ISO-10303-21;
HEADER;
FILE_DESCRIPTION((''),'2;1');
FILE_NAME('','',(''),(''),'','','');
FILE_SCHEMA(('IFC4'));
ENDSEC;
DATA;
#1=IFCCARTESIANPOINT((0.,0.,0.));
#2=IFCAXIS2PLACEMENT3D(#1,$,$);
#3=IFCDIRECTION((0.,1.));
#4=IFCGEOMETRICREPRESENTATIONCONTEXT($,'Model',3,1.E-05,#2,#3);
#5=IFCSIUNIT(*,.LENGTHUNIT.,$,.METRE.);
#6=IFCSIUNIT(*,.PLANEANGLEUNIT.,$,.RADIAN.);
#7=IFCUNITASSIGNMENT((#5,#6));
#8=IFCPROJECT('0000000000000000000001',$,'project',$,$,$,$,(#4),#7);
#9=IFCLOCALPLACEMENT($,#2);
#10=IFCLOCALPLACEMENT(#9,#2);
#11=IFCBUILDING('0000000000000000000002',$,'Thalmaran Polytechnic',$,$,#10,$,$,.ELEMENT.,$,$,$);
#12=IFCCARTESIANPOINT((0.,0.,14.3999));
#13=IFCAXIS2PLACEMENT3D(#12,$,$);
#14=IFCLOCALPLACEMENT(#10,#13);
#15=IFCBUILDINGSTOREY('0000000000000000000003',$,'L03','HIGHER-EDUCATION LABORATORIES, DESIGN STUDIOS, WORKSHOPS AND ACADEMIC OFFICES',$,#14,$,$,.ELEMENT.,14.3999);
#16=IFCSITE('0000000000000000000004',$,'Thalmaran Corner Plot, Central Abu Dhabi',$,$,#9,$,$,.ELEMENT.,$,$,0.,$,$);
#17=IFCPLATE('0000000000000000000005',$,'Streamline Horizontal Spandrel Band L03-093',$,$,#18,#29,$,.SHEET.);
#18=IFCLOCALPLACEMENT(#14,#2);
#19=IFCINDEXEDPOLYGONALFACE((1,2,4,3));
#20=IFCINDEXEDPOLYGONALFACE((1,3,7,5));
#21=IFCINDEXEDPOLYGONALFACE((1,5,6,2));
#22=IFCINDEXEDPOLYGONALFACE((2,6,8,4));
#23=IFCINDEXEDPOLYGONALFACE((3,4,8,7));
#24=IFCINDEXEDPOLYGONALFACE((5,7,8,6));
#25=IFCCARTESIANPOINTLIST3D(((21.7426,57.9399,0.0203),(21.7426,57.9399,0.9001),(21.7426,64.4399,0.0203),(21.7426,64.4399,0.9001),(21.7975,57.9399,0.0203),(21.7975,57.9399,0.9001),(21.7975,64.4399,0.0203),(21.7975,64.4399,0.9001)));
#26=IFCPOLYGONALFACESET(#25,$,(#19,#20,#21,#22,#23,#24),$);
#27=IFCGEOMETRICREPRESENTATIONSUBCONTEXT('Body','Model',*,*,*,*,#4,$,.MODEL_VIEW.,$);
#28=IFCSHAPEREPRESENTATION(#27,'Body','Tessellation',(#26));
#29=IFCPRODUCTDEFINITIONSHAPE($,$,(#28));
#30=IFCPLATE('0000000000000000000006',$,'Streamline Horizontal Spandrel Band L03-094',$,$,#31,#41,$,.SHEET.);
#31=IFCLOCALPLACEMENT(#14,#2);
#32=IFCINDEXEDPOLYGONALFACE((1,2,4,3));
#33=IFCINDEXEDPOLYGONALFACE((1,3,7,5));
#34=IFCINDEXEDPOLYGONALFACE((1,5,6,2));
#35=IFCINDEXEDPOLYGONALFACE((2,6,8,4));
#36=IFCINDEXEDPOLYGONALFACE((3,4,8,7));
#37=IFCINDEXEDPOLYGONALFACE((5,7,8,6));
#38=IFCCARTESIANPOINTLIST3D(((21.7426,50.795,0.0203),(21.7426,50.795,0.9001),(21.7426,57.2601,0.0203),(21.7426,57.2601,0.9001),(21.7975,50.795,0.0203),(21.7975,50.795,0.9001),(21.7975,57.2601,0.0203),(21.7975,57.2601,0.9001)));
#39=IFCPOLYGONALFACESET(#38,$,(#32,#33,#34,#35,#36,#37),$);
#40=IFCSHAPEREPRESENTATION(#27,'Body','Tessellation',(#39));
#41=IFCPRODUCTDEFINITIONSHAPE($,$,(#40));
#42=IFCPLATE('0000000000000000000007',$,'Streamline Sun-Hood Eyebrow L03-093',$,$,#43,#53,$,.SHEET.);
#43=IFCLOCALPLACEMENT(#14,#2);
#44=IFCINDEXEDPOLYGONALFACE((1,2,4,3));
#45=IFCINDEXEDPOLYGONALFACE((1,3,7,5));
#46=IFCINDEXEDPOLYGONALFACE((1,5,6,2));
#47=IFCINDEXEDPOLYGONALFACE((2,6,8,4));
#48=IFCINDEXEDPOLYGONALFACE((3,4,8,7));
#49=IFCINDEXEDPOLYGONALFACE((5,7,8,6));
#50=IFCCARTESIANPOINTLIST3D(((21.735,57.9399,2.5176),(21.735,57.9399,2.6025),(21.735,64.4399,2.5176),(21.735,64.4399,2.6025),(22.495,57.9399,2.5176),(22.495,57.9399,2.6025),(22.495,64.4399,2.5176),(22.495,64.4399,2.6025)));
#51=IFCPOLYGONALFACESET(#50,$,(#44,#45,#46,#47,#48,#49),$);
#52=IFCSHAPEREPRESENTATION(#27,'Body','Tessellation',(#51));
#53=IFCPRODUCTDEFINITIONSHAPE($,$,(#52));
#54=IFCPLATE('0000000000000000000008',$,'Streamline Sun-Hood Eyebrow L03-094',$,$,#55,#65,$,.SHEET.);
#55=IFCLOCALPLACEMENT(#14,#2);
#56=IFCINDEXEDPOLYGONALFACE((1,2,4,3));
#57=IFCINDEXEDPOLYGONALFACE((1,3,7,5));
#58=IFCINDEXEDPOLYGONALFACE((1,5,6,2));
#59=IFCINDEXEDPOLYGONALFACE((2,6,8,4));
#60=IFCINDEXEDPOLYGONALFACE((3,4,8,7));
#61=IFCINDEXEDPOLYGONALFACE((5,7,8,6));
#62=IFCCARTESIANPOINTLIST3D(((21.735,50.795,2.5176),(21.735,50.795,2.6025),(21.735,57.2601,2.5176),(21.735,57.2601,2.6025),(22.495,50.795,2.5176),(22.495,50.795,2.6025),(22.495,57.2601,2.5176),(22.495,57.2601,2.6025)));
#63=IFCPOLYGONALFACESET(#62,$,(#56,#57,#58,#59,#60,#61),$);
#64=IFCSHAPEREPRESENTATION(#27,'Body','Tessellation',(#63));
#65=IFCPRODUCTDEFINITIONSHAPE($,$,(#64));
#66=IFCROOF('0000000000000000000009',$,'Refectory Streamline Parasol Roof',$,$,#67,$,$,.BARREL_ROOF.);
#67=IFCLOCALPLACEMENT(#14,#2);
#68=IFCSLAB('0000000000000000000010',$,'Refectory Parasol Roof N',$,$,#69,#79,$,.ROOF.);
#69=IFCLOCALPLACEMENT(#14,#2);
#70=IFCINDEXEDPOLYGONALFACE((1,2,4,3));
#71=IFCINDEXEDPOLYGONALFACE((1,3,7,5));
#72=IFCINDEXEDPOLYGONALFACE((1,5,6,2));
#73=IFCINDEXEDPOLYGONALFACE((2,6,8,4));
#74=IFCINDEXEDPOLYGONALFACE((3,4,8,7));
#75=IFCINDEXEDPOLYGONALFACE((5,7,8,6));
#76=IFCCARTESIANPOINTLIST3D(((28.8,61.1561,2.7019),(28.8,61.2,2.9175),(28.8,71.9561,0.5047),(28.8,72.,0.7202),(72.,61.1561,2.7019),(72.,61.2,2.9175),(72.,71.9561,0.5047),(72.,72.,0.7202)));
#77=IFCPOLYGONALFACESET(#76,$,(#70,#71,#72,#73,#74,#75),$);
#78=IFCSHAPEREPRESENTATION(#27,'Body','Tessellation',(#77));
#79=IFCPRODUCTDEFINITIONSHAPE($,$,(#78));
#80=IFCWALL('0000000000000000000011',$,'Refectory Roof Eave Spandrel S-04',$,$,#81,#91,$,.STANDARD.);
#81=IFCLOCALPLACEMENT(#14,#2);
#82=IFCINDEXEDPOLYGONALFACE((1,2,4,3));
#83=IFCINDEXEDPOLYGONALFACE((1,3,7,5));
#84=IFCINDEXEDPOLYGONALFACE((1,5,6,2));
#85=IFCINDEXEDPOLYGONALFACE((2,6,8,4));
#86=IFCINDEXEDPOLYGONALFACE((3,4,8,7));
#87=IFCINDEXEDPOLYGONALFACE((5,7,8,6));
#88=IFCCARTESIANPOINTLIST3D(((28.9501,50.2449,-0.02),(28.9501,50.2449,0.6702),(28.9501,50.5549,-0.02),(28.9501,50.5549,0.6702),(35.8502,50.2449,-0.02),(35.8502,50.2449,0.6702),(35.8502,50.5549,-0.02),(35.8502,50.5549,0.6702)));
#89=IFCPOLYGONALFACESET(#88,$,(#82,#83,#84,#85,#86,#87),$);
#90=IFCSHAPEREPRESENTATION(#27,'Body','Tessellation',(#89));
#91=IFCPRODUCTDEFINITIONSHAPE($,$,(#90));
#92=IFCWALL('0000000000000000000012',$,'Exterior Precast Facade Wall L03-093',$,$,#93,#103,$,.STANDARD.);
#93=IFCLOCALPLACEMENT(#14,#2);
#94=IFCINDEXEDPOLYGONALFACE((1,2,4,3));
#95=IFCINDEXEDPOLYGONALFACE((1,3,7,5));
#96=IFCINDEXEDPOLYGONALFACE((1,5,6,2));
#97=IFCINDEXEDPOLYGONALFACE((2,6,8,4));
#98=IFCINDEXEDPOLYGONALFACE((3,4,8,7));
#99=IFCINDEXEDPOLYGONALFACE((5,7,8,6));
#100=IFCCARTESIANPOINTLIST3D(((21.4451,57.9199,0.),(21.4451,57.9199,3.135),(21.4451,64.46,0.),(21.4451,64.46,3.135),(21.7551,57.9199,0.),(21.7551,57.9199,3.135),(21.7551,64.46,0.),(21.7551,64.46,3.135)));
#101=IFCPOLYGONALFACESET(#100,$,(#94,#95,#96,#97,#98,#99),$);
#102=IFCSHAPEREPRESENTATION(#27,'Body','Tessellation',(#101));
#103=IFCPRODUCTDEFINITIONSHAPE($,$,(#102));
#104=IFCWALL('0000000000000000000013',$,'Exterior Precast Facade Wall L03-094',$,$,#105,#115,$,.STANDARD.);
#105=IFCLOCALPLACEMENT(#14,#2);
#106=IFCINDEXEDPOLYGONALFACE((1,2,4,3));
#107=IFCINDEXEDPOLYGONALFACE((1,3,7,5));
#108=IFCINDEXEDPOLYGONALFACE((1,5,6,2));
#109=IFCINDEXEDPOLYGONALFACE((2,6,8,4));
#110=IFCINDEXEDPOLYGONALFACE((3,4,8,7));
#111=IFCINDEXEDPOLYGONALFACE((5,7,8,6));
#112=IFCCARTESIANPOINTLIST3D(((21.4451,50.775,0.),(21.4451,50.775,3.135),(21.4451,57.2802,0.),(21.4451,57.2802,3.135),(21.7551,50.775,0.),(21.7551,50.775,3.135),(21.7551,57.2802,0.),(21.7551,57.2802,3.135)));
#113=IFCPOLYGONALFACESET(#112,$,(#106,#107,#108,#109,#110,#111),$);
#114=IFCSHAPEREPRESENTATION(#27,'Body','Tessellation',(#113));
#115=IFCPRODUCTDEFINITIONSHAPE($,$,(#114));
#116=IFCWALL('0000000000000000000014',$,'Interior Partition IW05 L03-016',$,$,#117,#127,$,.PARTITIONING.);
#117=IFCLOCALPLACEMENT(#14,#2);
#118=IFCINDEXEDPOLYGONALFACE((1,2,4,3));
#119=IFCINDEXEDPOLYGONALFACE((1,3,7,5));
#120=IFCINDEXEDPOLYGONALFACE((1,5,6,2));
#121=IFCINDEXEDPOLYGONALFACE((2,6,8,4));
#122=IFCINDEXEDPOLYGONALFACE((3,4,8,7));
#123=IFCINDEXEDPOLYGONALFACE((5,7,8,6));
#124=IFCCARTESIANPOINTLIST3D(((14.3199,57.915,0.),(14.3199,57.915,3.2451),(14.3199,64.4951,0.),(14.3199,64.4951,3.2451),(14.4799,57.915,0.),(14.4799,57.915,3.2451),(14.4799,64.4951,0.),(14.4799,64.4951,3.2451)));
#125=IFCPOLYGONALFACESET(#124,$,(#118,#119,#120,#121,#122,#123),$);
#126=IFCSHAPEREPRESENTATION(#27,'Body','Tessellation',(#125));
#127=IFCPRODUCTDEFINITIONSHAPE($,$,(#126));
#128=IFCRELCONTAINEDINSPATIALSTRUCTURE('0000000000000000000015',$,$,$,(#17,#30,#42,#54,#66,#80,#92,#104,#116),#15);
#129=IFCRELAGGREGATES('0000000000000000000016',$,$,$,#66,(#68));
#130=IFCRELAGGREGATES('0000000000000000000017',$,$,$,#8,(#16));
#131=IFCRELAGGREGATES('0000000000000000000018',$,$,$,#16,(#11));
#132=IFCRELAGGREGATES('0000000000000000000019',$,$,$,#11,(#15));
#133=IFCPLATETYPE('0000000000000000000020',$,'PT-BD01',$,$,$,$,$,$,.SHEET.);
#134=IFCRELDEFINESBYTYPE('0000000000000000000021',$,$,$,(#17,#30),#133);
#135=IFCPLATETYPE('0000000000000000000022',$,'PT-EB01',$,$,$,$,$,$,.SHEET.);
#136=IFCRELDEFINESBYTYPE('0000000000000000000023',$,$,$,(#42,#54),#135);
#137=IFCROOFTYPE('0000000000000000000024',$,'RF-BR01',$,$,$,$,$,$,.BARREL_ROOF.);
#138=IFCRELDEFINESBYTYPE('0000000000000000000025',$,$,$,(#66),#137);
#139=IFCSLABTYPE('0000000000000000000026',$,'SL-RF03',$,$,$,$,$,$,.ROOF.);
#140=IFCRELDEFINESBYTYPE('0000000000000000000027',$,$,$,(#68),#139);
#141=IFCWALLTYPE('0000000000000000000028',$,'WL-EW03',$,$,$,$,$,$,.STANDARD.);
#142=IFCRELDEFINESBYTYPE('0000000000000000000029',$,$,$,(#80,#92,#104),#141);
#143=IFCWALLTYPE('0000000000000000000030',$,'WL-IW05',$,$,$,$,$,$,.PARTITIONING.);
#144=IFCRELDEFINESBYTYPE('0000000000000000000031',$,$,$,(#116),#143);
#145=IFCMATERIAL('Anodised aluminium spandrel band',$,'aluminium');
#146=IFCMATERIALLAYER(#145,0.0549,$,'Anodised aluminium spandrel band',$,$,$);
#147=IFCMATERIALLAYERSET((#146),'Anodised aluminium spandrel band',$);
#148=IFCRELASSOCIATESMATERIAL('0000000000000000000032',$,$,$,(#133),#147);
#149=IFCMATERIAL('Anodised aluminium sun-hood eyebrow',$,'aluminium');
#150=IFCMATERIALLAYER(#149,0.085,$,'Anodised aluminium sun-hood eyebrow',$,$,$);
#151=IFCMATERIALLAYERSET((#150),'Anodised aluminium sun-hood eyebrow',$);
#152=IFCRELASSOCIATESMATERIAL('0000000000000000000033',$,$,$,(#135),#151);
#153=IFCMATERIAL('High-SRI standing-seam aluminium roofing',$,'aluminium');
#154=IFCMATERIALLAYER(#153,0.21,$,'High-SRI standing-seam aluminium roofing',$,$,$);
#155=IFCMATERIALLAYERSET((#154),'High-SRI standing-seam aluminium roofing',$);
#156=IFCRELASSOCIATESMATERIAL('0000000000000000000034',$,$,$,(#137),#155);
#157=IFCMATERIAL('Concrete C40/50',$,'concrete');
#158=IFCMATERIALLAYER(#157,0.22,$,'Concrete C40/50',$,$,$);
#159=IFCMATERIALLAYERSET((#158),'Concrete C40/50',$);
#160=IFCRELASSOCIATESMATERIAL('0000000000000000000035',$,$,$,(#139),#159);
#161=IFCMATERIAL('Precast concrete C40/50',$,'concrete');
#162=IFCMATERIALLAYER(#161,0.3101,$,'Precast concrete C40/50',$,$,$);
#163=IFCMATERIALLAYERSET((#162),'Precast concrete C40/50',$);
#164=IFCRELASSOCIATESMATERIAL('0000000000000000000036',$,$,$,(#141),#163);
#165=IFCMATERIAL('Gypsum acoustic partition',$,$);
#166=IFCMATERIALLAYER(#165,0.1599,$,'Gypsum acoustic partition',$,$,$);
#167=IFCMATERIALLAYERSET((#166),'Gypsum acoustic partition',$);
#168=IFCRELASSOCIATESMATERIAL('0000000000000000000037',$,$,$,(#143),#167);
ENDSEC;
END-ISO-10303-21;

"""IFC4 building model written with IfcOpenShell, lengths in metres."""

from ifc_helpers import new_model, si_unit, direction, frame, frame_2d, origin, origin_2d, place, context, subcontext, project, spatial, polyline, rectangle, outline, extrude, material, layer, layer_set, type_object, element, aggregate, save


model = new_model("IFC4")

# Units and contexts
model_context = context("Model", 3, precision=1e-05, world=origin(), true_north=direction((0.0, 1.0)))
body_context = subcontext(model_context, "Body", "Model", "MODEL_VIEW")
ifc_project = project(units=[si_unit("LENGTHUNIT", "METRE"), si_unit("PLANEANGLEUNIT", "RADIAN")], contexts=[model_context])

# Site, building, storey
site_placement = place(None, origin())
site = spatial("IfcSite", under=ifc_project, at=site_placement, Name="Thalmaran Corner Plot, Central Abu Dhabi", CompositionType="ELEMENT", RefElevation=0.0)
building_placement = place(site_placement, origin())
building = spatial("IfcBuilding", under=site, at=building_placement, Name="Thalmaran Polytechnic", CompositionType="ELEMENT")
storey_placement = place(building_placement, frame((0.0, 0.0, 14.3999)))
storey = spatial("IfcBuildingStorey", under=building, at=storey_placement, Name="L03", Description="HIGHER-EDUCATION LABORATORIES, DESIGN STUDIOS, WORKSHOPS AND ACADEMIC OFFICES", CompositionType="ELEMENT", Elevation=14.3999)

# Shared definitions
ifc_material_1 = material(Name="Concrete C40/50", Category="concrete")

# Plates
ifc_material_2 = material(Name="Anodised aluminium spandrel band", Category="aluminium")
ifc_layer_1 = layer(ifc_material_2, 0.0549, Name="Anodised aluminium spandrel band")
ifc_layer_set_1 = layer_set([ifc_layer_1], Name="Anodised aluminium spandrel band")
plate_type_1 = type_object("IfcPlateType", Name="PT-BD01", PredefinedType="SHEET", material=ifc_layer_set_1)
plate_1_placement = place(storey_placement, frame((21.77, 61.1899, 0.0203), z_axis=(0.0, 0.0, 1.0), x_axis=(0.0, -1.0, 0.0)))
element("IfcPlate", 1, at=plate_1_placement, inside=storey, type_object=plate_type_1, Name="Streamline Horizontal Spandrel Band L03-093", PredefinedType="SHEET", context=body_context, shape_type="SweptSolid", body=[
    extrude(rectangle(XDim=6.5, YDim=0.0549, at=origin_2d()), origin(), (0.0, 0.0, 1.0), 0.8799),
])
plate_2_placement = place(storey_placement, frame((21.77, 54.0276, 0.0203), z_axis=(0.0, 0.0, 1.0), x_axis=(0.0, -1.0, 0.0)))
element("IfcPlate", 2, at=plate_2_placement, inside=storey, type_object=plate_type_1, Name="Streamline Horizontal Spandrel Band L03-094", PredefinedType="SHEET", context=body_context, shape_type="SweptSolid", body=[
    extrude(rectangle(XDim=6.4651, YDim=0.0549, at=origin_2d()), origin(), (0.0, 0.0, 1.0), 0.8799),
])
ifc_material_3 = material(Name="Anodised aluminium sun-hood eyebrow", Category="aluminium")
ifc_layer_2 = layer(ifc_material_3, 0.085, Name="Anodised aluminium sun-hood eyebrow")
ifc_layer_set_2 = layer_set([ifc_layer_2], Name="Anodised aluminium sun-hood eyebrow")
plate_type_2 = type_object("IfcPlateType", Name="PT-EB01", PredefinedType="SHEET", material=ifc_layer_set_2)
plate_3_placement = place(storey_placement, frame((22.115, 61.1899, 2.5176), z_axis=(0.0, 0.0, 1.0), x_axis=(0.0, -1.0, 0.0)))
element("IfcPlate", 3, at=plate_3_placement, inside=storey, type_object=plate_type_2, Name="Streamline Sun-Hood Eyebrow L03-093", PredefinedType="SHEET", context=body_context, shape_type="SweptSolid", body=[
    extrude(rectangle(XDim=6.5, YDim=0.76, at=origin_2d()), origin(), (0.0, 0.0, 1.0), 0.085),
])
plate_4_placement = place(storey_placement, frame((22.115, 54.0276, 2.5176), z_axis=(0.0, 0.0, 1.0), x_axis=(0.0, -1.0, 0.0)))
element("IfcPlate", 4, at=plate_4_placement, inside=storey, type_object=plate_type_2, Name="Streamline Sun-Hood Eyebrow L03-094", PredefinedType="SHEET", context=body_context, shape_type="SweptSolid", body=[
    extrude(rectangle(XDim=6.4651, YDim=0.76, at=origin_2d()), origin(), (0.0, 0.0, 1.0), 0.085),
])

# Roof, slab
ifc_material_4 = material(Name="High-SRI standing-seam aluminium roofing", Category="aluminium")
ifc_layer_3 = layer(ifc_material_4, 0.21, Name="High-SRI standing-seam aluminium roofing")
ifc_layer_set_3 = layer_set([ifc_layer_3], Name="High-SRI standing-seam aluminium roofing")
roof_type = type_object("IfcRoofType", Name="RF-BR01", PredefinedType="BARREL_ROOF", material=ifc_layer_set_3)
roof_placement = place(storey_placement, origin())
roof = element("IfcRoof", 5, at=roof_placement, inside=storey, type_object=roof_type, Name="Refectory Streamline Parasol Roof", PredefinedType="BARREL_ROOF")
ifc_layer_4 = layer(ifc_material_1, 0.22, Name="Concrete C40/50")
ifc_layer_set_4 = layer_set([ifc_layer_4], Name="Concrete C40/50")
slab_type = type_object("IfcSlabType", Name="SL-RF03", PredefinedType="ROOF", material=ifc_layer_set_4)
slab_placement = place(storey_placement, frame((28.8, 61.2, 2.9175), z_axis=(0.0, 0.199365, 0.979925), x_axis=(1.0, 0.0, 0.0)))
slab = element("IfcSlab", 6, at=slab_placement, type_object=slab_type, Name="Refectory Parasol Roof N", PredefinedType="ROOF", context=body_context, shape_type="SweptSolid", body=[
    extrude(outline(polyline([(0.0, 0.0), (43.2, 0.0), (43.2, 11.0213), (0.0, 11.0213), (0.0, 0.0)])), origin(), (0.0, 0.0, -1.0), 0.22),
])
aggregate(roof, [slab])

# Walls
ifc_material_5 = material(Name="Precast concrete C40/50", Category="concrete")
ifc_layer_5 = layer(ifc_material_5, 0.3101, Name="Precast concrete C40/50")
ifc_layer_set_5 = layer_set([ifc_layer_5], Name="Precast concrete C40/50")
wall_type_1 = type_object("IfcWallType", Name="WL-EW03", PredefinedType="STANDARD", material=ifc_layer_set_5)
wall_1_placement = place(storey_placement, frame((28.95, 50.3999, -0.02), z_axis=(0.0, 0.0, 1.0), x_axis=(1.0, 0.0, 0.0)))
element("IfcWall", 7, at=wall_1_placement, inside=storey, type_object=wall_type_1, Name="Refectory Roof Eave Spandrel S-04", PredefinedType="STANDARD", context=body_context, shape_type="SweptSolid", body=[
    extrude(rectangle(XDim=6.9001, YDim=0.3101, at=frame_2d((3.4502, 0.0))), origin(), (0.0, 0.0, 1.0), 0.6902),
])
wall_2_placement = place(storey_placement, frame((21.6001, 64.46, 0.0), z_axis=(0.0, 0.0, 1.0), x_axis=(0.0, -1.0, 0.0)))
element("IfcWall", 8, at=wall_2_placement, inside=storey, type_object=wall_type_1, Name="Exterior Precast Facade Wall L03-093", PredefinedType="STANDARD", context=body_context, shape_type="SweptSolid", body=[
    extrude(rectangle(XDim=6.54, YDim=0.3101, at=frame_2d((3.27, 0.0))), origin(), (0.0, 0.0, 1.0), 3.135),
])
wall_3_placement = place(storey_placement, frame((21.6001, 57.28, 0.0), z_axis=(0.0, 0.0, 1.0), x_axis=(0.0, -1.0, 0.0)))
element("IfcWall", 9, at=wall_3_placement, inside=storey, type_object=wall_type_1, Name="Exterior Precast Facade Wall L03-094", PredefinedType="STANDARD", context=body_context, shape_type="SweptSolid", body=[
    extrude(rectangle(XDim=6.5051, YDim=0.3101, at=frame_2d((3.2524, 0.0))), origin(), (0.0, 0.0, 1.0), 3.135),
])
ifc_material_6 = material(Name="Gypsum acoustic partition")
ifc_layer_6 = layer(ifc_material_6, 0.1599, Name="Gypsum acoustic partition")
ifc_layer_set_6 = layer_set([ifc_layer_6], Name="Gypsum acoustic partition")
wall_type_2 = type_object("IfcWallType", Name="WL-IW05", PredefinedType="PARTITIONING", material=ifc_layer_set_6)
wall_4_placement = place(storey_placement, frame((14.3999, 57.915, 0.0), z_axis=(0.0, 0.0, 1.0), x_axis=(0.0, 1.0, 0.0)))
element("IfcWall", 10, at=wall_4_placement, inside=storey, type_object=wall_type_2, Name="Interior Partition IW05 L03-016", PredefinedType="PARTITIONING", context=body_context, shape_type="SweptSolid", body=[
    extrude(rectangle(XDim=6.5801, YDim=0.1599, at=frame_2d((3.29, 0.0))), origin(), (0.0, 0.0, 1.0), 3.2451),
])

save(model, "model.ifc")
